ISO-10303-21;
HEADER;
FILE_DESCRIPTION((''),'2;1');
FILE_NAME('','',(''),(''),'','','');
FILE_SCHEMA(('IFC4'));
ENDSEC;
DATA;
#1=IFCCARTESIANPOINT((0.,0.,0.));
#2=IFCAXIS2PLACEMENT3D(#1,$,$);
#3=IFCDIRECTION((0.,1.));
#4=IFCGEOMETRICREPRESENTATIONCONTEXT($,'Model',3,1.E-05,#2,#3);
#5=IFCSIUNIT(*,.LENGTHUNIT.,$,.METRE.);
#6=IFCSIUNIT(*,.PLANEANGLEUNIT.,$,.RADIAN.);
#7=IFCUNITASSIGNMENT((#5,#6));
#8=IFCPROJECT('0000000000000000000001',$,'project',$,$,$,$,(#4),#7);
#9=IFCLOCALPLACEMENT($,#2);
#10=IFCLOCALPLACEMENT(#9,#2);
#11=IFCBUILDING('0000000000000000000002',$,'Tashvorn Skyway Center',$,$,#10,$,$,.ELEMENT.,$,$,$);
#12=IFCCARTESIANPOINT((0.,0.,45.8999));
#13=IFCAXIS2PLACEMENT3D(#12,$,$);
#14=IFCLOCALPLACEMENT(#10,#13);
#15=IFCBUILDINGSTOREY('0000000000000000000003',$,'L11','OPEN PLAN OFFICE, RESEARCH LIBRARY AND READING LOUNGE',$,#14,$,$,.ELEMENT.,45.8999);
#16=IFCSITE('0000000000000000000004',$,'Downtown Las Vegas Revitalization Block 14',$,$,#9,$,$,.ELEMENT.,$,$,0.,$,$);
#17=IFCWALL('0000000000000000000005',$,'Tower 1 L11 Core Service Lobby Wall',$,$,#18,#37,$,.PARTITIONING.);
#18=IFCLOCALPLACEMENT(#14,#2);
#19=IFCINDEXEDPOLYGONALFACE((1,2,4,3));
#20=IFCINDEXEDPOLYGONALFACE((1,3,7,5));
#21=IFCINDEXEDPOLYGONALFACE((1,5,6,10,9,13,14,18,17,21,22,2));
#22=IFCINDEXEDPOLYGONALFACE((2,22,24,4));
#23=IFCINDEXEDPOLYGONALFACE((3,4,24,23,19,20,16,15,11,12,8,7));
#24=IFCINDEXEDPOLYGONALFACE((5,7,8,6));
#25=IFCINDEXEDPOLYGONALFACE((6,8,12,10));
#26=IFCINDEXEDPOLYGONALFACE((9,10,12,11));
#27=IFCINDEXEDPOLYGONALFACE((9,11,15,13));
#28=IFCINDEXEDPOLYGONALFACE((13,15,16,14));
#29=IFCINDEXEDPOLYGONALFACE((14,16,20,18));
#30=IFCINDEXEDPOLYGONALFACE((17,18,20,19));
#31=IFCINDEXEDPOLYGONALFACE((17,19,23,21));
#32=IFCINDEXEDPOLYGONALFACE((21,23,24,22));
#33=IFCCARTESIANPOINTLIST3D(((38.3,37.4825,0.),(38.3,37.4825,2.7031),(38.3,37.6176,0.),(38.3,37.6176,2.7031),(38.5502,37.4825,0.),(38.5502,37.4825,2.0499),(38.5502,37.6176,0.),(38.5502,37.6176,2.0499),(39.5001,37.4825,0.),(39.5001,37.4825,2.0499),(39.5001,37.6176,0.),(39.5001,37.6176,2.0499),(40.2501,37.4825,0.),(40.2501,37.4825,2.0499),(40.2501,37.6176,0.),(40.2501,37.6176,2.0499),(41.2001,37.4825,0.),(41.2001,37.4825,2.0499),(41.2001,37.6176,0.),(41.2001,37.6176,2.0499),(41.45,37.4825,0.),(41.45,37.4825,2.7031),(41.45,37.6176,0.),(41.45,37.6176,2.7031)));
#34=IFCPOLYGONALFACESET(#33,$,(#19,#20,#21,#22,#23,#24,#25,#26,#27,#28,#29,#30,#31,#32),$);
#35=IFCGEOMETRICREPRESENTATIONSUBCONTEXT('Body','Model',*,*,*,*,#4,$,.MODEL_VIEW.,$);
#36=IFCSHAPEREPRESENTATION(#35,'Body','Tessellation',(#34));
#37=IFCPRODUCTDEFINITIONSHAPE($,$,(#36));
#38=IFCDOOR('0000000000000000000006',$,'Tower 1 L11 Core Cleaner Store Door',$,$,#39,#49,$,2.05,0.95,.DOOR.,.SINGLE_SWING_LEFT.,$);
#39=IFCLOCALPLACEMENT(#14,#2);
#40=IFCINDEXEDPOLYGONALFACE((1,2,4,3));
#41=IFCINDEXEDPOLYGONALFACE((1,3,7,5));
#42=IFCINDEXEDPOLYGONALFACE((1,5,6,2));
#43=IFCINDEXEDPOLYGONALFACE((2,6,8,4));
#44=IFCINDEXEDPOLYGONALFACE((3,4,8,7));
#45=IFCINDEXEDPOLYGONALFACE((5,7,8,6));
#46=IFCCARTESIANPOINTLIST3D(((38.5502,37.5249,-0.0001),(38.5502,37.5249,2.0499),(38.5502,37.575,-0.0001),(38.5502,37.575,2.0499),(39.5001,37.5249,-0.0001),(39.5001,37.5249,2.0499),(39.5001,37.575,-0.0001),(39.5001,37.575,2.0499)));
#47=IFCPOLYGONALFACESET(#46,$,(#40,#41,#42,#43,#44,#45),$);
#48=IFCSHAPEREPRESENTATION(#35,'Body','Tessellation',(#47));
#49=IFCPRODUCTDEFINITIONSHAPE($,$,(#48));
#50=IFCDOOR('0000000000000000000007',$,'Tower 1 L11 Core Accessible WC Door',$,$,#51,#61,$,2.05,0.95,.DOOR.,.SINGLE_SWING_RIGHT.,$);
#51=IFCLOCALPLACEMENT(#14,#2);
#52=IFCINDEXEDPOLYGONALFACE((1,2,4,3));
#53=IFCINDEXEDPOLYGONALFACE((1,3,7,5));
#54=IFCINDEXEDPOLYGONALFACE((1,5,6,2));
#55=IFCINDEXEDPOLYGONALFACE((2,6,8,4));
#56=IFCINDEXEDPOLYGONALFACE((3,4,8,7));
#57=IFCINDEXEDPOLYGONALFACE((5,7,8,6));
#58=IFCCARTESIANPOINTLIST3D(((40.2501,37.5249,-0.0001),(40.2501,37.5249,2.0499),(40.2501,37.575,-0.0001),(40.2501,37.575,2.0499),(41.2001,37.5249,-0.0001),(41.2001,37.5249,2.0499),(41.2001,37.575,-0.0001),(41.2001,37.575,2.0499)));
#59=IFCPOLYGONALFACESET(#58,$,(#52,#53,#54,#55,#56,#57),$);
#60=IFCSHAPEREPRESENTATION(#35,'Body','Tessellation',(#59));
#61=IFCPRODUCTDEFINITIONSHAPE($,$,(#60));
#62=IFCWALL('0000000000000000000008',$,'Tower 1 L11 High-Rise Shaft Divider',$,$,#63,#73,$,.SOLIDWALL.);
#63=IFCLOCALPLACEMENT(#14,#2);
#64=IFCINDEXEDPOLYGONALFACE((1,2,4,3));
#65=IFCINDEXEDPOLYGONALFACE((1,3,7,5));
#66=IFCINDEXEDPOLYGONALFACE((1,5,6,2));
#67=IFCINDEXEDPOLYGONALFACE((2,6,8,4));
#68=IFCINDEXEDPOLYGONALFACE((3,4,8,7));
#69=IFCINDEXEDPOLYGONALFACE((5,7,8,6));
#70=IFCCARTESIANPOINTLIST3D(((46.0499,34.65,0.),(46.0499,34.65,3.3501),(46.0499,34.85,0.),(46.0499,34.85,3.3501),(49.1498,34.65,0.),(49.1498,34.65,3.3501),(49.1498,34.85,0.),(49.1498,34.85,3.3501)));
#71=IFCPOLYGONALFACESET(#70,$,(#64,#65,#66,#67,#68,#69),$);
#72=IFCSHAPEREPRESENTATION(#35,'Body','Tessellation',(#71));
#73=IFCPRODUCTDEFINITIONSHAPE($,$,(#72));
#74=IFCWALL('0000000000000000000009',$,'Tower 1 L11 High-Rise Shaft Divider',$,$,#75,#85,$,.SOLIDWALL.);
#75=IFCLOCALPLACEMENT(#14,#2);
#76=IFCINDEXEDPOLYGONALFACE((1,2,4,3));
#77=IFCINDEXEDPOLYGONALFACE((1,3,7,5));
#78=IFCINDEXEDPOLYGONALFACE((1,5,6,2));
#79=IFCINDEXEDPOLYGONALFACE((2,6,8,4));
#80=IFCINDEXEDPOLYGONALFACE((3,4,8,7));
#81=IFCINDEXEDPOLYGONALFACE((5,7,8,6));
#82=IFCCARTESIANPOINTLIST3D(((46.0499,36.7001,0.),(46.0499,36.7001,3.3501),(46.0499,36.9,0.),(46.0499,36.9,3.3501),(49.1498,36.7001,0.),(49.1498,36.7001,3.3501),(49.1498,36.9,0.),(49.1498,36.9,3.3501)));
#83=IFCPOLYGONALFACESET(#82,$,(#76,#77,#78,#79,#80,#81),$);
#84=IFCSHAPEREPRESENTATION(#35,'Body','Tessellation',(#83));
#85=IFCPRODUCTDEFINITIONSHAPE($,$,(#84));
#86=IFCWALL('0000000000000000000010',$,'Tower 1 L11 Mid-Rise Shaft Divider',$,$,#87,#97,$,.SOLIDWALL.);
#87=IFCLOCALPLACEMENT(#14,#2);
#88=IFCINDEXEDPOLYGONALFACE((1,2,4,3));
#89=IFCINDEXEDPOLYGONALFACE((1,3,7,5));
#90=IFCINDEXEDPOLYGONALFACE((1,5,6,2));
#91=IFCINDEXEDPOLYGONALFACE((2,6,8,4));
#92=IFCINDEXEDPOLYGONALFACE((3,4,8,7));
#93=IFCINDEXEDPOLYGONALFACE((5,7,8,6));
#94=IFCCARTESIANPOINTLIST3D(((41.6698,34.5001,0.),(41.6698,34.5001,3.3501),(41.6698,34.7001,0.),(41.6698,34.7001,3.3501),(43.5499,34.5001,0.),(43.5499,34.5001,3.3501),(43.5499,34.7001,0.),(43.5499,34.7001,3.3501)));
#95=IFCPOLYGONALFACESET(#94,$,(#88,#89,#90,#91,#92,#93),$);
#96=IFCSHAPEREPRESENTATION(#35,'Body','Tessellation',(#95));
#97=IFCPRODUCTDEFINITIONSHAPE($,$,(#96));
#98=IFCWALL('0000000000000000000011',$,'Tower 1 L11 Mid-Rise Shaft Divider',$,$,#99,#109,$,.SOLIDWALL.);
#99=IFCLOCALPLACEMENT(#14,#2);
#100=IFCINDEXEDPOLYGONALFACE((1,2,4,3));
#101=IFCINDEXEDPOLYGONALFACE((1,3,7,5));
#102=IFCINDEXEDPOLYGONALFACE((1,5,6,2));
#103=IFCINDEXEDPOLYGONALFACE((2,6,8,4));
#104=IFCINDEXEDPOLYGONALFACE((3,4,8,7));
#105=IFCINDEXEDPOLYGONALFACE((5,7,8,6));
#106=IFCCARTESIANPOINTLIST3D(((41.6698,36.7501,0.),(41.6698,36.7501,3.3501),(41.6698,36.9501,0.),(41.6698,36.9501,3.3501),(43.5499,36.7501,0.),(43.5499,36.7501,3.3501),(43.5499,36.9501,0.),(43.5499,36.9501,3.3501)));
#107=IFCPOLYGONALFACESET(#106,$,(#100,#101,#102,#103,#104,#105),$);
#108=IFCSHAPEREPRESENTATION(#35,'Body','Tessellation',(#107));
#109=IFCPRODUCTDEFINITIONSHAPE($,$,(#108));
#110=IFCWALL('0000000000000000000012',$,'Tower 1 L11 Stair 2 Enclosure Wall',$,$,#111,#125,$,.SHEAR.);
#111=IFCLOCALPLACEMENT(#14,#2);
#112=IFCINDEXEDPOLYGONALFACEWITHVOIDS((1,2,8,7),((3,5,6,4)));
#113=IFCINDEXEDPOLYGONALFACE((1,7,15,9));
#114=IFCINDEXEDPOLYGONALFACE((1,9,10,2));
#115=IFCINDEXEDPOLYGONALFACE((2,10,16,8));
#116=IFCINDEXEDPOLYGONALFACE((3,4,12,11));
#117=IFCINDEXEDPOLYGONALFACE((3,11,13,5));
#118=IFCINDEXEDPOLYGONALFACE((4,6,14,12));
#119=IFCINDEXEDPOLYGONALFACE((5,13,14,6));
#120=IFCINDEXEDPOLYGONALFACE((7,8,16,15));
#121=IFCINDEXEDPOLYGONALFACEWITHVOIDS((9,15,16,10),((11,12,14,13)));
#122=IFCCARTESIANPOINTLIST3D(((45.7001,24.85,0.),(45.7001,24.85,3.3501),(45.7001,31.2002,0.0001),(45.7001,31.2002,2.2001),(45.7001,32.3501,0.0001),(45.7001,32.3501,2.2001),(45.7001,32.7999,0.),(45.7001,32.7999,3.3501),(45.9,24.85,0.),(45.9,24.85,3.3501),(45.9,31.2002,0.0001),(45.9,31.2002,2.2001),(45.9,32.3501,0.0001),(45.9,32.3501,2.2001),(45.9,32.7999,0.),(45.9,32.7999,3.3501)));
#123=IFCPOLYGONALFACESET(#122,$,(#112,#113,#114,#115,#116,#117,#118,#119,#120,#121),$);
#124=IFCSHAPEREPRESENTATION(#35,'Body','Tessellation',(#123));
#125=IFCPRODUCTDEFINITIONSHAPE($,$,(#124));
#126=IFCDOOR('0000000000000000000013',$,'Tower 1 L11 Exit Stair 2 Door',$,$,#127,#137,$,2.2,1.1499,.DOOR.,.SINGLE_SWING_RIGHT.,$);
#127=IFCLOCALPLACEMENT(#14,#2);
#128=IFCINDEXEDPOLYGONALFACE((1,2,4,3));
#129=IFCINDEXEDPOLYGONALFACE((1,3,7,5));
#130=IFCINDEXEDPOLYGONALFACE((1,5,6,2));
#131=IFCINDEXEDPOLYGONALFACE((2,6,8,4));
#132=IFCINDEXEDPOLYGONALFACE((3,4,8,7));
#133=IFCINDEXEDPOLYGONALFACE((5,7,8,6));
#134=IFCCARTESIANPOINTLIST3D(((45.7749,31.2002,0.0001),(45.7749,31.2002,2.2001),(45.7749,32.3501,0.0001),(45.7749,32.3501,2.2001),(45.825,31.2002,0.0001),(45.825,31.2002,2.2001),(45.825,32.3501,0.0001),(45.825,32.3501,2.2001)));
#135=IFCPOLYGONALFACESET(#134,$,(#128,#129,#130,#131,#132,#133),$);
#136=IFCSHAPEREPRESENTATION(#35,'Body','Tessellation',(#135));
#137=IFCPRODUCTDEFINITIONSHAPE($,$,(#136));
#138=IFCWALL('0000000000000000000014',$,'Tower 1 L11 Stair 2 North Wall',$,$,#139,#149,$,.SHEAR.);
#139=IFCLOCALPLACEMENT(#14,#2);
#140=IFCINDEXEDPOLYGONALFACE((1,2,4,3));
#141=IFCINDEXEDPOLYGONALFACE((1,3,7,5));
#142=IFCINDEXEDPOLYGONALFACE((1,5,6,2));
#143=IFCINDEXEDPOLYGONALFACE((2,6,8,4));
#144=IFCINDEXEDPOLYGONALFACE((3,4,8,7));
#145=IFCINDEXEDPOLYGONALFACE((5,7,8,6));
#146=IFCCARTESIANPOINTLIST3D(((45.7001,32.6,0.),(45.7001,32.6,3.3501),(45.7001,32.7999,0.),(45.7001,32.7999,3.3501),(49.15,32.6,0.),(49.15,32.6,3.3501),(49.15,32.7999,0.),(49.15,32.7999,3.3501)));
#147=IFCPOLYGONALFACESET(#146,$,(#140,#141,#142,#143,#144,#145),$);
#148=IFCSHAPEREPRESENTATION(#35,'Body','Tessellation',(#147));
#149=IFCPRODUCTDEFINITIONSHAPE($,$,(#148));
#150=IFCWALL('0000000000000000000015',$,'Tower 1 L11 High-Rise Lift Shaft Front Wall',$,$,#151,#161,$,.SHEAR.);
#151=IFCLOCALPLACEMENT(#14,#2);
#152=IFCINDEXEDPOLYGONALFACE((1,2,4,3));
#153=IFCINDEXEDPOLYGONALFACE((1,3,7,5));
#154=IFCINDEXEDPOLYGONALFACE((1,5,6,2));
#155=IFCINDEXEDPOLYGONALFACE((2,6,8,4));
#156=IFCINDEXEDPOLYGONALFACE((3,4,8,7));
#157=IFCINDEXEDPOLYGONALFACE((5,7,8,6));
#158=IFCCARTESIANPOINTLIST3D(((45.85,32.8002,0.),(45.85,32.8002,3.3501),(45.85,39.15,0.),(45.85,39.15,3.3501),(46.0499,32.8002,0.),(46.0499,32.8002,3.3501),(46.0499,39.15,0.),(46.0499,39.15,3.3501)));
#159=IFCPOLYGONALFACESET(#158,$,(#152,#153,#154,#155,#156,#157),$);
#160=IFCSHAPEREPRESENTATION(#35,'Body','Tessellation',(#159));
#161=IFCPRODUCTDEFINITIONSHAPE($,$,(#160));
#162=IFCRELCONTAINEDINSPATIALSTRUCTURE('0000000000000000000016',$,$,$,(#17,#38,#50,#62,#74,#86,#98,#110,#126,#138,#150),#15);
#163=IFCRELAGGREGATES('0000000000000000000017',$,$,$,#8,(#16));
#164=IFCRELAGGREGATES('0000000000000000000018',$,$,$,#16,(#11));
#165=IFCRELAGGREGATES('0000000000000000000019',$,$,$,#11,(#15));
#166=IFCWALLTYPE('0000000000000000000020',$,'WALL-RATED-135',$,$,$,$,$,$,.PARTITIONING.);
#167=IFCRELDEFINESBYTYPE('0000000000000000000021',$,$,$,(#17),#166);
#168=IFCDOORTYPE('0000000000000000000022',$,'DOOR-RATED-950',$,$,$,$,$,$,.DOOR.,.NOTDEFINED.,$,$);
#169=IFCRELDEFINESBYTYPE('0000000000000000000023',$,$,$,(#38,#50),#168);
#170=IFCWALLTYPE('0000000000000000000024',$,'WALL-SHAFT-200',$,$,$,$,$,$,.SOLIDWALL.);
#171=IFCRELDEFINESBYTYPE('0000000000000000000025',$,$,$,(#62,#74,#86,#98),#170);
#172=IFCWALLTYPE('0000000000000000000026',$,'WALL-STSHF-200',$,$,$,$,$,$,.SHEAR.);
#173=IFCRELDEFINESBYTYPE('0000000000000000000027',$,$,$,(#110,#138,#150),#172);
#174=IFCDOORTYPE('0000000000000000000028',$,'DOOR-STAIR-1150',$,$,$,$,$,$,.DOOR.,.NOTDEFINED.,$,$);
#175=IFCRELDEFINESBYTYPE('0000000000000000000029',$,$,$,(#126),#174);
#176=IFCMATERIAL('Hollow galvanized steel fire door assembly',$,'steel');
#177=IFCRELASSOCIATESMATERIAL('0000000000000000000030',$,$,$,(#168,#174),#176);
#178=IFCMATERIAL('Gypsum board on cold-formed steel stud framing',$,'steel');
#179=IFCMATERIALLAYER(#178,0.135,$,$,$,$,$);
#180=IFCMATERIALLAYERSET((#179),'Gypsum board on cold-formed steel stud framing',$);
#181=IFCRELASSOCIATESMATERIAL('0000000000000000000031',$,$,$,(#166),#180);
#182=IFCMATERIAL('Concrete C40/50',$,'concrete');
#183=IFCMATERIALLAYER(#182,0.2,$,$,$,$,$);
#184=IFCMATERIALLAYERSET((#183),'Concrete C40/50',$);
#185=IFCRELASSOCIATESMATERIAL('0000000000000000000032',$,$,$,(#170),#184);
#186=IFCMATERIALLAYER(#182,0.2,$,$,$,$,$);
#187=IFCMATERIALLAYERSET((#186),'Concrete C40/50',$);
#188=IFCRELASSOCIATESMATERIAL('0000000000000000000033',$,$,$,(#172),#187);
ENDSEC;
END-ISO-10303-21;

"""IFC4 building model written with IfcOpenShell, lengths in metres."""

from ifc_helpers import new_model, si_unit, direction, frame, frame_2d, origin, place, context, subcontext, project, spatial, rectangle, extrude, material, layer, layer_set, type_object, element, fill, save


model = new_model("IFC4")

# Units and contexts
model_context = context("Model", 3, precision=1e-05, world=origin(), true_north=direction((0.0, 1.0)))
body_context = subcontext(model_context, "Body", "Model", "MODEL_VIEW")
ifc_project = project(units=[si_unit("LENGTHUNIT", "METRE"), si_unit("PLANEANGLEUNIT", "RADIAN")], contexts=[model_context])

# Site, building, storey
site_placement = place(None, origin())
site = spatial("IfcSite", under=ifc_project, at=site_placement, Name="Downtown Las Vegas Revitalization Block 14", CompositionType="ELEMENT", RefElevation=0.0)
building_placement = place(site_placement, origin())
building = spatial("IfcBuilding", under=site, at=building_placement, Name="Tashvorn Skyway Center", CompositionType="ELEMENT")
storey_placement = place(building_placement, frame((0.0, 0.0, 45.8999)))
storey = spatial("IfcBuildingStorey", under=building, at=storey_placement, Name="L11", Description="OPEN PLAN OFFICE, RESEARCH LIBRARY AND READING LOUNGE", CompositionType="ELEMENT", Elevation=45.8999)

# Shared definitions
ifc_material_1 = material(Name="Concrete C40/50", Category="concrete")
ifc_material_2 = material(Name="Hollow galvanized steel fire door assembly", Category="steel")
door_type_1 = type_object("IfcDoorType", Name="DOOR-RATED-950", OperationType="NOTDEFINED", PredefinedType="DOOR", material=ifc_material_2)

# Shared definitions
ifc_material_3 = material(Name="Gypsum board on cold-formed steel stud framing", Category="steel")

# Wall, openings, doors
ifc_layer_1 = layer(ifc_material_3, 0.135)
ifc_layer_set_1 = layer_set([ifc_layer_1], Name="Gypsum board on cold-formed steel stud framing")
wall_type_1 = type_object("IfcWallType", Name="WALL-RATED-135", PredefinedType="PARTITIONING", material=ifc_layer_set_1)
wall_1_placement = place(storey_placement, frame((38.3, 37.55, 0.0), z_axis=(0.0, 0.0, 1.0), x_axis=(1.0, 0.0, 0.0)))
wall_1 = element("IfcWall", 1, at=wall_1_placement, inside=storey, type_object=wall_type_1, Name="Tower 1 L11 Core Service Lobby Wall", PredefinedType="PARTITIONING", context=body_context, shape_type="SweptSolid", body=[
    extrude(rectangle(XDim=3.1499, YDim=0.135, at=frame_2d((1.575, 0.0))), origin(), (0.0, 0.0, 1.0), 2.7031),
])
opening_1_placement = place(wall_1_placement, frame((0.25, 0.0, 0.0)))
opening_1 = element("IfcOpeningElement", 2, at=opening_1_placement, cuts=wall_1, PredefinedType="OPENING", context=body_context, shape_type="SweptSolid", body=[
    extrude(rectangle(XDim=0.95, YDim=2.05, at=frame_2d((0.4751, 1.0249))), frame((0.0, 0.0774, 0.0), z_axis=(0.0, -1.0, 0.0), x_axis=(1.0, 0.0, 0.0)), (0.0, 0.0, 1.0), 0.155),
])
opening_2_placement = place(wall_1_placement, frame((1.95, 0.0, 0.0)))
opening_2 = element("IfcOpeningElement", 3, at=opening_2_placement, cuts=wall_1, PredefinedType="OPENING", context=body_context, shape_type="SweptSolid", body=[
    extrude(rectangle(XDim=0.95, YDim=2.05, at=frame_2d((0.4751, 1.0249))), frame((0.0, 0.0774, 0.0), z_axis=(0.0, -1.0, 0.0), x_axis=(1.0, 0.0, 0.0)), (0.0, 0.0, 1.0), 0.155),
])
door_1_placement = place(opening_1_placement, origin())
door_1 = element("IfcDoor", 4, at=door_1_placement, inside=storey, type_object=door_type_1, Name="Tower 1 L11 Core Cleaner Store Door", OperationType="SINGLE_SWING_LEFT", OverallHeight=2.05, OverallWidth=0.95, PredefinedType="DOOR", context=body_context, shape_type="SweptSolid", body=[
    extrude(rectangle(XDim=0.95, YDim=2.05, at=frame_2d((0.4751, 1.0249))), frame((0.0, 0.0249, 0.0), z_axis=(0.0, -1.0, 0.0), x_axis=(1.0, 0.0, 0.0)), (0.0, 0.0, 1.0), 0.05),
])
fill(opening_1, door_1)
door_2_placement = place(opening_2_placement, origin())
door_2 = element("IfcDoor", 5, at=door_2_placement, inside=storey, type_object=door_type_1, Name="Tower 1 L11 Core Accessible WC Door", OperationType="SINGLE_SWING_RIGHT", OverallHeight=2.05, OverallWidth=0.95, PredefinedType="DOOR", context=body_context, shape_type="SweptSolid", body=[
    extrude(rectangle(XDim=0.95, YDim=2.05, at=frame_2d((0.4751, 1.0249))), frame((0.0, 0.0249, 0.0), z_axis=(0.0, -1.0, 0.0), x_axis=(1.0, 0.0, 0.0)), (0.0, 0.0, 1.0), 0.05),
])
fill(opening_2, door_2)

# Walls
ifc_layer_2 = layer(ifc_material_1, 0.2)
ifc_layer_set_2 = layer_set([ifc_layer_2], Name="Concrete C40/50")
wall_type_2 = type_object("IfcWallType", Name="WALL-SHAFT-200", PredefinedType="SOLIDWALL", material=ifc_layer_set_2)
for number, where, z_axis, x_axis, name in (
    (6, (46.05, 34.75, 0.0), (0.0, 0.0, 1.0), (1.0, 0.0, 0.0), "Tower 1 L11 High-Rise Shaft Divider"),
    (7, (46.05, 36.8, 0.0), (0.0, 0.0, 1.0), (1.0, 0.0, 0.0), "Tower 1 L11 High-Rise Shaft Divider"),
):
    element("IfcWall", number, at=place(storey_placement, frame(where, z_axis=z_axis, x_axis=x_axis)), inside=storey, type_object=wall_type_2, Name=name, PredefinedType="SOLIDWALL", context=body_context, shape_type="SweptSolid", body=[
        extrude(rectangle(XDim=3.0999, YDim=0.2, at=frame_2d((1.5498, 0.0))), origin(), (0.0, 0.0, 1.0), 3.3501),
    ])
for number, where, z_axis, x_axis, name in (
    (8, (41.6699, 34.6001, 0.0), (0.0, 0.0, 1.0), (1.0, 0.0, 0.0), "Tower 1 L11 Mid-Rise Shaft Divider"),
    (9, (41.6699, 36.8501, 0.0), (0.0, 0.0, 1.0), (1.0, 0.0, 0.0), "Tower 1 L11 Mid-Rise Shaft Divider"),
):
    element("IfcWall", number, at=place(storey_placement, frame(where, z_axis=z_axis, x_axis=x_axis)), inside=storey, type_object=wall_type_2, Name=name, PredefinedType="SOLIDWALL", context=body_context, shape_type="SweptSolid", body=[
        extrude(rectangle(XDim=1.8801, YDim=0.2, at=frame_2d((0.9399, 0.0))), origin(), (0.0, 0.0, 1.0), 3.3501),
    ])

# Wall, opening, door
ifc_layer_3 = layer(ifc_material_1, 0.2)
ifc_layer_set_3 = layer_set([ifc_layer_3], Name="Concrete C40/50")
wall_type_3 = type_object("IfcWallType", Name="WALL-STSHF-200", PredefinedType="SHEAR", material=ifc_layer_set_3)
wall_2_placement = place(storey_placement, frame((45.8, 32.8, 0.0), z_axis=(0.0, 0.0, 1.0), x_axis=(0.0, -1.0, 0.0)))
wall_2 = element("IfcWall", 10, at=wall_2_placement, inside=storey, type_object=wall_type_3, Name="Tower 1 L11 Stair 2 Enclosure Wall", PredefinedType="SHEAR", context=body_context, shape_type="SweptSolid", body=[
    extrude(rectangle(XDim=7.95, YDim=0.2, at=frame_2d((3.9751, 0.0))), origin(), (0.0, 0.0, 1.0), 3.3501),
])
opening_3_placement = place(wall_2_placement, frame((0.45, 0.0, 0.0)))
opening_3 = element("IfcOpeningElement", 11, at=opening_3_placement, cuts=wall_2, PredefinedType="OPENING", context=body_context, shape_type="SweptSolid", body=[
    extrude(rectangle(XDim=1.1499, YDim=2.2, at=frame_2d((0.575, 1.1001))), frame((0.0, 0.1099, 0.0), z_axis=(0.0, -1.0, 0.0), x_axis=(1.0, 0.0, 0.0)), (0.0, 0.0, 1.0), 0.22),
])
door_type_2 = type_object("IfcDoorType", Name="DOOR-STAIR-1150", OperationType="NOTDEFINED", PredefinedType="DOOR", material=ifc_material_2)
door_3_placement = place(opening_3_placement, origin())
door_3 = element("IfcDoor", 12, at=door_3_placement, inside=storey, type_object=door_type_2, Name="Tower 1 L11 Exit Stair 2 Door", OperationType="SINGLE_SWING_RIGHT", OverallHeight=2.2, OverallWidth=1.1499, PredefinedType="DOOR", context=body_context, shape_type="SweptSolid", body=[
    extrude(rectangle(XDim=1.1499, YDim=2.2, at=frame_2d((0.575, 1.1001))), frame((0.0, 0.0249, 0.0), z_axis=(0.0, -1.0, 0.0), x_axis=(1.0, 0.0, 0.0)), (0.0, 0.0, 1.0), 0.05),
])
fill(opening_3, door_3)

# Walls
wall_3_placement = place(storey_placement, frame((45.7, 32.7, 0.0), z_axis=(0.0, 0.0, 1.0), x_axis=(1.0, 0.0, 0.0)))
element("IfcWall", 13, at=wall_3_placement, inside=storey, type_object=wall_type_3, Name="Tower 1 L11 Stair 2 North Wall", PredefinedType="SHEAR", context=body_context, shape_type="SweptSolid", body=[
    extrude(rectangle(XDim=3.45, YDim=0.2, at=frame_2d((1.7251, 0.0))), origin(), (0.0, 0.0, 1.0), 3.3501),
])
wall_4_placement = place(storey_placement, frame((45.95, 39.1499, 0.0), z_axis=(0.0, 0.0, 1.0), x_axis=(0.0, -1.0, 0.0)))
element("IfcWall", 14, at=wall_4_placement, inside=storey, type_object=wall_type_3, Name="Tower 1 L11 High-Rise Lift Shaft Front Wall", PredefinedType="SHEAR", context=body_context, shape_type="SweptSolid", body=[
    extrude(rectangle(XDim=6.3499, YDim=0.2, at=frame_2d((3.1748, 0.0))), origin(), (0.0, 0.0, 1.0), 3.3501),
])

save(model, "model.ifc")
